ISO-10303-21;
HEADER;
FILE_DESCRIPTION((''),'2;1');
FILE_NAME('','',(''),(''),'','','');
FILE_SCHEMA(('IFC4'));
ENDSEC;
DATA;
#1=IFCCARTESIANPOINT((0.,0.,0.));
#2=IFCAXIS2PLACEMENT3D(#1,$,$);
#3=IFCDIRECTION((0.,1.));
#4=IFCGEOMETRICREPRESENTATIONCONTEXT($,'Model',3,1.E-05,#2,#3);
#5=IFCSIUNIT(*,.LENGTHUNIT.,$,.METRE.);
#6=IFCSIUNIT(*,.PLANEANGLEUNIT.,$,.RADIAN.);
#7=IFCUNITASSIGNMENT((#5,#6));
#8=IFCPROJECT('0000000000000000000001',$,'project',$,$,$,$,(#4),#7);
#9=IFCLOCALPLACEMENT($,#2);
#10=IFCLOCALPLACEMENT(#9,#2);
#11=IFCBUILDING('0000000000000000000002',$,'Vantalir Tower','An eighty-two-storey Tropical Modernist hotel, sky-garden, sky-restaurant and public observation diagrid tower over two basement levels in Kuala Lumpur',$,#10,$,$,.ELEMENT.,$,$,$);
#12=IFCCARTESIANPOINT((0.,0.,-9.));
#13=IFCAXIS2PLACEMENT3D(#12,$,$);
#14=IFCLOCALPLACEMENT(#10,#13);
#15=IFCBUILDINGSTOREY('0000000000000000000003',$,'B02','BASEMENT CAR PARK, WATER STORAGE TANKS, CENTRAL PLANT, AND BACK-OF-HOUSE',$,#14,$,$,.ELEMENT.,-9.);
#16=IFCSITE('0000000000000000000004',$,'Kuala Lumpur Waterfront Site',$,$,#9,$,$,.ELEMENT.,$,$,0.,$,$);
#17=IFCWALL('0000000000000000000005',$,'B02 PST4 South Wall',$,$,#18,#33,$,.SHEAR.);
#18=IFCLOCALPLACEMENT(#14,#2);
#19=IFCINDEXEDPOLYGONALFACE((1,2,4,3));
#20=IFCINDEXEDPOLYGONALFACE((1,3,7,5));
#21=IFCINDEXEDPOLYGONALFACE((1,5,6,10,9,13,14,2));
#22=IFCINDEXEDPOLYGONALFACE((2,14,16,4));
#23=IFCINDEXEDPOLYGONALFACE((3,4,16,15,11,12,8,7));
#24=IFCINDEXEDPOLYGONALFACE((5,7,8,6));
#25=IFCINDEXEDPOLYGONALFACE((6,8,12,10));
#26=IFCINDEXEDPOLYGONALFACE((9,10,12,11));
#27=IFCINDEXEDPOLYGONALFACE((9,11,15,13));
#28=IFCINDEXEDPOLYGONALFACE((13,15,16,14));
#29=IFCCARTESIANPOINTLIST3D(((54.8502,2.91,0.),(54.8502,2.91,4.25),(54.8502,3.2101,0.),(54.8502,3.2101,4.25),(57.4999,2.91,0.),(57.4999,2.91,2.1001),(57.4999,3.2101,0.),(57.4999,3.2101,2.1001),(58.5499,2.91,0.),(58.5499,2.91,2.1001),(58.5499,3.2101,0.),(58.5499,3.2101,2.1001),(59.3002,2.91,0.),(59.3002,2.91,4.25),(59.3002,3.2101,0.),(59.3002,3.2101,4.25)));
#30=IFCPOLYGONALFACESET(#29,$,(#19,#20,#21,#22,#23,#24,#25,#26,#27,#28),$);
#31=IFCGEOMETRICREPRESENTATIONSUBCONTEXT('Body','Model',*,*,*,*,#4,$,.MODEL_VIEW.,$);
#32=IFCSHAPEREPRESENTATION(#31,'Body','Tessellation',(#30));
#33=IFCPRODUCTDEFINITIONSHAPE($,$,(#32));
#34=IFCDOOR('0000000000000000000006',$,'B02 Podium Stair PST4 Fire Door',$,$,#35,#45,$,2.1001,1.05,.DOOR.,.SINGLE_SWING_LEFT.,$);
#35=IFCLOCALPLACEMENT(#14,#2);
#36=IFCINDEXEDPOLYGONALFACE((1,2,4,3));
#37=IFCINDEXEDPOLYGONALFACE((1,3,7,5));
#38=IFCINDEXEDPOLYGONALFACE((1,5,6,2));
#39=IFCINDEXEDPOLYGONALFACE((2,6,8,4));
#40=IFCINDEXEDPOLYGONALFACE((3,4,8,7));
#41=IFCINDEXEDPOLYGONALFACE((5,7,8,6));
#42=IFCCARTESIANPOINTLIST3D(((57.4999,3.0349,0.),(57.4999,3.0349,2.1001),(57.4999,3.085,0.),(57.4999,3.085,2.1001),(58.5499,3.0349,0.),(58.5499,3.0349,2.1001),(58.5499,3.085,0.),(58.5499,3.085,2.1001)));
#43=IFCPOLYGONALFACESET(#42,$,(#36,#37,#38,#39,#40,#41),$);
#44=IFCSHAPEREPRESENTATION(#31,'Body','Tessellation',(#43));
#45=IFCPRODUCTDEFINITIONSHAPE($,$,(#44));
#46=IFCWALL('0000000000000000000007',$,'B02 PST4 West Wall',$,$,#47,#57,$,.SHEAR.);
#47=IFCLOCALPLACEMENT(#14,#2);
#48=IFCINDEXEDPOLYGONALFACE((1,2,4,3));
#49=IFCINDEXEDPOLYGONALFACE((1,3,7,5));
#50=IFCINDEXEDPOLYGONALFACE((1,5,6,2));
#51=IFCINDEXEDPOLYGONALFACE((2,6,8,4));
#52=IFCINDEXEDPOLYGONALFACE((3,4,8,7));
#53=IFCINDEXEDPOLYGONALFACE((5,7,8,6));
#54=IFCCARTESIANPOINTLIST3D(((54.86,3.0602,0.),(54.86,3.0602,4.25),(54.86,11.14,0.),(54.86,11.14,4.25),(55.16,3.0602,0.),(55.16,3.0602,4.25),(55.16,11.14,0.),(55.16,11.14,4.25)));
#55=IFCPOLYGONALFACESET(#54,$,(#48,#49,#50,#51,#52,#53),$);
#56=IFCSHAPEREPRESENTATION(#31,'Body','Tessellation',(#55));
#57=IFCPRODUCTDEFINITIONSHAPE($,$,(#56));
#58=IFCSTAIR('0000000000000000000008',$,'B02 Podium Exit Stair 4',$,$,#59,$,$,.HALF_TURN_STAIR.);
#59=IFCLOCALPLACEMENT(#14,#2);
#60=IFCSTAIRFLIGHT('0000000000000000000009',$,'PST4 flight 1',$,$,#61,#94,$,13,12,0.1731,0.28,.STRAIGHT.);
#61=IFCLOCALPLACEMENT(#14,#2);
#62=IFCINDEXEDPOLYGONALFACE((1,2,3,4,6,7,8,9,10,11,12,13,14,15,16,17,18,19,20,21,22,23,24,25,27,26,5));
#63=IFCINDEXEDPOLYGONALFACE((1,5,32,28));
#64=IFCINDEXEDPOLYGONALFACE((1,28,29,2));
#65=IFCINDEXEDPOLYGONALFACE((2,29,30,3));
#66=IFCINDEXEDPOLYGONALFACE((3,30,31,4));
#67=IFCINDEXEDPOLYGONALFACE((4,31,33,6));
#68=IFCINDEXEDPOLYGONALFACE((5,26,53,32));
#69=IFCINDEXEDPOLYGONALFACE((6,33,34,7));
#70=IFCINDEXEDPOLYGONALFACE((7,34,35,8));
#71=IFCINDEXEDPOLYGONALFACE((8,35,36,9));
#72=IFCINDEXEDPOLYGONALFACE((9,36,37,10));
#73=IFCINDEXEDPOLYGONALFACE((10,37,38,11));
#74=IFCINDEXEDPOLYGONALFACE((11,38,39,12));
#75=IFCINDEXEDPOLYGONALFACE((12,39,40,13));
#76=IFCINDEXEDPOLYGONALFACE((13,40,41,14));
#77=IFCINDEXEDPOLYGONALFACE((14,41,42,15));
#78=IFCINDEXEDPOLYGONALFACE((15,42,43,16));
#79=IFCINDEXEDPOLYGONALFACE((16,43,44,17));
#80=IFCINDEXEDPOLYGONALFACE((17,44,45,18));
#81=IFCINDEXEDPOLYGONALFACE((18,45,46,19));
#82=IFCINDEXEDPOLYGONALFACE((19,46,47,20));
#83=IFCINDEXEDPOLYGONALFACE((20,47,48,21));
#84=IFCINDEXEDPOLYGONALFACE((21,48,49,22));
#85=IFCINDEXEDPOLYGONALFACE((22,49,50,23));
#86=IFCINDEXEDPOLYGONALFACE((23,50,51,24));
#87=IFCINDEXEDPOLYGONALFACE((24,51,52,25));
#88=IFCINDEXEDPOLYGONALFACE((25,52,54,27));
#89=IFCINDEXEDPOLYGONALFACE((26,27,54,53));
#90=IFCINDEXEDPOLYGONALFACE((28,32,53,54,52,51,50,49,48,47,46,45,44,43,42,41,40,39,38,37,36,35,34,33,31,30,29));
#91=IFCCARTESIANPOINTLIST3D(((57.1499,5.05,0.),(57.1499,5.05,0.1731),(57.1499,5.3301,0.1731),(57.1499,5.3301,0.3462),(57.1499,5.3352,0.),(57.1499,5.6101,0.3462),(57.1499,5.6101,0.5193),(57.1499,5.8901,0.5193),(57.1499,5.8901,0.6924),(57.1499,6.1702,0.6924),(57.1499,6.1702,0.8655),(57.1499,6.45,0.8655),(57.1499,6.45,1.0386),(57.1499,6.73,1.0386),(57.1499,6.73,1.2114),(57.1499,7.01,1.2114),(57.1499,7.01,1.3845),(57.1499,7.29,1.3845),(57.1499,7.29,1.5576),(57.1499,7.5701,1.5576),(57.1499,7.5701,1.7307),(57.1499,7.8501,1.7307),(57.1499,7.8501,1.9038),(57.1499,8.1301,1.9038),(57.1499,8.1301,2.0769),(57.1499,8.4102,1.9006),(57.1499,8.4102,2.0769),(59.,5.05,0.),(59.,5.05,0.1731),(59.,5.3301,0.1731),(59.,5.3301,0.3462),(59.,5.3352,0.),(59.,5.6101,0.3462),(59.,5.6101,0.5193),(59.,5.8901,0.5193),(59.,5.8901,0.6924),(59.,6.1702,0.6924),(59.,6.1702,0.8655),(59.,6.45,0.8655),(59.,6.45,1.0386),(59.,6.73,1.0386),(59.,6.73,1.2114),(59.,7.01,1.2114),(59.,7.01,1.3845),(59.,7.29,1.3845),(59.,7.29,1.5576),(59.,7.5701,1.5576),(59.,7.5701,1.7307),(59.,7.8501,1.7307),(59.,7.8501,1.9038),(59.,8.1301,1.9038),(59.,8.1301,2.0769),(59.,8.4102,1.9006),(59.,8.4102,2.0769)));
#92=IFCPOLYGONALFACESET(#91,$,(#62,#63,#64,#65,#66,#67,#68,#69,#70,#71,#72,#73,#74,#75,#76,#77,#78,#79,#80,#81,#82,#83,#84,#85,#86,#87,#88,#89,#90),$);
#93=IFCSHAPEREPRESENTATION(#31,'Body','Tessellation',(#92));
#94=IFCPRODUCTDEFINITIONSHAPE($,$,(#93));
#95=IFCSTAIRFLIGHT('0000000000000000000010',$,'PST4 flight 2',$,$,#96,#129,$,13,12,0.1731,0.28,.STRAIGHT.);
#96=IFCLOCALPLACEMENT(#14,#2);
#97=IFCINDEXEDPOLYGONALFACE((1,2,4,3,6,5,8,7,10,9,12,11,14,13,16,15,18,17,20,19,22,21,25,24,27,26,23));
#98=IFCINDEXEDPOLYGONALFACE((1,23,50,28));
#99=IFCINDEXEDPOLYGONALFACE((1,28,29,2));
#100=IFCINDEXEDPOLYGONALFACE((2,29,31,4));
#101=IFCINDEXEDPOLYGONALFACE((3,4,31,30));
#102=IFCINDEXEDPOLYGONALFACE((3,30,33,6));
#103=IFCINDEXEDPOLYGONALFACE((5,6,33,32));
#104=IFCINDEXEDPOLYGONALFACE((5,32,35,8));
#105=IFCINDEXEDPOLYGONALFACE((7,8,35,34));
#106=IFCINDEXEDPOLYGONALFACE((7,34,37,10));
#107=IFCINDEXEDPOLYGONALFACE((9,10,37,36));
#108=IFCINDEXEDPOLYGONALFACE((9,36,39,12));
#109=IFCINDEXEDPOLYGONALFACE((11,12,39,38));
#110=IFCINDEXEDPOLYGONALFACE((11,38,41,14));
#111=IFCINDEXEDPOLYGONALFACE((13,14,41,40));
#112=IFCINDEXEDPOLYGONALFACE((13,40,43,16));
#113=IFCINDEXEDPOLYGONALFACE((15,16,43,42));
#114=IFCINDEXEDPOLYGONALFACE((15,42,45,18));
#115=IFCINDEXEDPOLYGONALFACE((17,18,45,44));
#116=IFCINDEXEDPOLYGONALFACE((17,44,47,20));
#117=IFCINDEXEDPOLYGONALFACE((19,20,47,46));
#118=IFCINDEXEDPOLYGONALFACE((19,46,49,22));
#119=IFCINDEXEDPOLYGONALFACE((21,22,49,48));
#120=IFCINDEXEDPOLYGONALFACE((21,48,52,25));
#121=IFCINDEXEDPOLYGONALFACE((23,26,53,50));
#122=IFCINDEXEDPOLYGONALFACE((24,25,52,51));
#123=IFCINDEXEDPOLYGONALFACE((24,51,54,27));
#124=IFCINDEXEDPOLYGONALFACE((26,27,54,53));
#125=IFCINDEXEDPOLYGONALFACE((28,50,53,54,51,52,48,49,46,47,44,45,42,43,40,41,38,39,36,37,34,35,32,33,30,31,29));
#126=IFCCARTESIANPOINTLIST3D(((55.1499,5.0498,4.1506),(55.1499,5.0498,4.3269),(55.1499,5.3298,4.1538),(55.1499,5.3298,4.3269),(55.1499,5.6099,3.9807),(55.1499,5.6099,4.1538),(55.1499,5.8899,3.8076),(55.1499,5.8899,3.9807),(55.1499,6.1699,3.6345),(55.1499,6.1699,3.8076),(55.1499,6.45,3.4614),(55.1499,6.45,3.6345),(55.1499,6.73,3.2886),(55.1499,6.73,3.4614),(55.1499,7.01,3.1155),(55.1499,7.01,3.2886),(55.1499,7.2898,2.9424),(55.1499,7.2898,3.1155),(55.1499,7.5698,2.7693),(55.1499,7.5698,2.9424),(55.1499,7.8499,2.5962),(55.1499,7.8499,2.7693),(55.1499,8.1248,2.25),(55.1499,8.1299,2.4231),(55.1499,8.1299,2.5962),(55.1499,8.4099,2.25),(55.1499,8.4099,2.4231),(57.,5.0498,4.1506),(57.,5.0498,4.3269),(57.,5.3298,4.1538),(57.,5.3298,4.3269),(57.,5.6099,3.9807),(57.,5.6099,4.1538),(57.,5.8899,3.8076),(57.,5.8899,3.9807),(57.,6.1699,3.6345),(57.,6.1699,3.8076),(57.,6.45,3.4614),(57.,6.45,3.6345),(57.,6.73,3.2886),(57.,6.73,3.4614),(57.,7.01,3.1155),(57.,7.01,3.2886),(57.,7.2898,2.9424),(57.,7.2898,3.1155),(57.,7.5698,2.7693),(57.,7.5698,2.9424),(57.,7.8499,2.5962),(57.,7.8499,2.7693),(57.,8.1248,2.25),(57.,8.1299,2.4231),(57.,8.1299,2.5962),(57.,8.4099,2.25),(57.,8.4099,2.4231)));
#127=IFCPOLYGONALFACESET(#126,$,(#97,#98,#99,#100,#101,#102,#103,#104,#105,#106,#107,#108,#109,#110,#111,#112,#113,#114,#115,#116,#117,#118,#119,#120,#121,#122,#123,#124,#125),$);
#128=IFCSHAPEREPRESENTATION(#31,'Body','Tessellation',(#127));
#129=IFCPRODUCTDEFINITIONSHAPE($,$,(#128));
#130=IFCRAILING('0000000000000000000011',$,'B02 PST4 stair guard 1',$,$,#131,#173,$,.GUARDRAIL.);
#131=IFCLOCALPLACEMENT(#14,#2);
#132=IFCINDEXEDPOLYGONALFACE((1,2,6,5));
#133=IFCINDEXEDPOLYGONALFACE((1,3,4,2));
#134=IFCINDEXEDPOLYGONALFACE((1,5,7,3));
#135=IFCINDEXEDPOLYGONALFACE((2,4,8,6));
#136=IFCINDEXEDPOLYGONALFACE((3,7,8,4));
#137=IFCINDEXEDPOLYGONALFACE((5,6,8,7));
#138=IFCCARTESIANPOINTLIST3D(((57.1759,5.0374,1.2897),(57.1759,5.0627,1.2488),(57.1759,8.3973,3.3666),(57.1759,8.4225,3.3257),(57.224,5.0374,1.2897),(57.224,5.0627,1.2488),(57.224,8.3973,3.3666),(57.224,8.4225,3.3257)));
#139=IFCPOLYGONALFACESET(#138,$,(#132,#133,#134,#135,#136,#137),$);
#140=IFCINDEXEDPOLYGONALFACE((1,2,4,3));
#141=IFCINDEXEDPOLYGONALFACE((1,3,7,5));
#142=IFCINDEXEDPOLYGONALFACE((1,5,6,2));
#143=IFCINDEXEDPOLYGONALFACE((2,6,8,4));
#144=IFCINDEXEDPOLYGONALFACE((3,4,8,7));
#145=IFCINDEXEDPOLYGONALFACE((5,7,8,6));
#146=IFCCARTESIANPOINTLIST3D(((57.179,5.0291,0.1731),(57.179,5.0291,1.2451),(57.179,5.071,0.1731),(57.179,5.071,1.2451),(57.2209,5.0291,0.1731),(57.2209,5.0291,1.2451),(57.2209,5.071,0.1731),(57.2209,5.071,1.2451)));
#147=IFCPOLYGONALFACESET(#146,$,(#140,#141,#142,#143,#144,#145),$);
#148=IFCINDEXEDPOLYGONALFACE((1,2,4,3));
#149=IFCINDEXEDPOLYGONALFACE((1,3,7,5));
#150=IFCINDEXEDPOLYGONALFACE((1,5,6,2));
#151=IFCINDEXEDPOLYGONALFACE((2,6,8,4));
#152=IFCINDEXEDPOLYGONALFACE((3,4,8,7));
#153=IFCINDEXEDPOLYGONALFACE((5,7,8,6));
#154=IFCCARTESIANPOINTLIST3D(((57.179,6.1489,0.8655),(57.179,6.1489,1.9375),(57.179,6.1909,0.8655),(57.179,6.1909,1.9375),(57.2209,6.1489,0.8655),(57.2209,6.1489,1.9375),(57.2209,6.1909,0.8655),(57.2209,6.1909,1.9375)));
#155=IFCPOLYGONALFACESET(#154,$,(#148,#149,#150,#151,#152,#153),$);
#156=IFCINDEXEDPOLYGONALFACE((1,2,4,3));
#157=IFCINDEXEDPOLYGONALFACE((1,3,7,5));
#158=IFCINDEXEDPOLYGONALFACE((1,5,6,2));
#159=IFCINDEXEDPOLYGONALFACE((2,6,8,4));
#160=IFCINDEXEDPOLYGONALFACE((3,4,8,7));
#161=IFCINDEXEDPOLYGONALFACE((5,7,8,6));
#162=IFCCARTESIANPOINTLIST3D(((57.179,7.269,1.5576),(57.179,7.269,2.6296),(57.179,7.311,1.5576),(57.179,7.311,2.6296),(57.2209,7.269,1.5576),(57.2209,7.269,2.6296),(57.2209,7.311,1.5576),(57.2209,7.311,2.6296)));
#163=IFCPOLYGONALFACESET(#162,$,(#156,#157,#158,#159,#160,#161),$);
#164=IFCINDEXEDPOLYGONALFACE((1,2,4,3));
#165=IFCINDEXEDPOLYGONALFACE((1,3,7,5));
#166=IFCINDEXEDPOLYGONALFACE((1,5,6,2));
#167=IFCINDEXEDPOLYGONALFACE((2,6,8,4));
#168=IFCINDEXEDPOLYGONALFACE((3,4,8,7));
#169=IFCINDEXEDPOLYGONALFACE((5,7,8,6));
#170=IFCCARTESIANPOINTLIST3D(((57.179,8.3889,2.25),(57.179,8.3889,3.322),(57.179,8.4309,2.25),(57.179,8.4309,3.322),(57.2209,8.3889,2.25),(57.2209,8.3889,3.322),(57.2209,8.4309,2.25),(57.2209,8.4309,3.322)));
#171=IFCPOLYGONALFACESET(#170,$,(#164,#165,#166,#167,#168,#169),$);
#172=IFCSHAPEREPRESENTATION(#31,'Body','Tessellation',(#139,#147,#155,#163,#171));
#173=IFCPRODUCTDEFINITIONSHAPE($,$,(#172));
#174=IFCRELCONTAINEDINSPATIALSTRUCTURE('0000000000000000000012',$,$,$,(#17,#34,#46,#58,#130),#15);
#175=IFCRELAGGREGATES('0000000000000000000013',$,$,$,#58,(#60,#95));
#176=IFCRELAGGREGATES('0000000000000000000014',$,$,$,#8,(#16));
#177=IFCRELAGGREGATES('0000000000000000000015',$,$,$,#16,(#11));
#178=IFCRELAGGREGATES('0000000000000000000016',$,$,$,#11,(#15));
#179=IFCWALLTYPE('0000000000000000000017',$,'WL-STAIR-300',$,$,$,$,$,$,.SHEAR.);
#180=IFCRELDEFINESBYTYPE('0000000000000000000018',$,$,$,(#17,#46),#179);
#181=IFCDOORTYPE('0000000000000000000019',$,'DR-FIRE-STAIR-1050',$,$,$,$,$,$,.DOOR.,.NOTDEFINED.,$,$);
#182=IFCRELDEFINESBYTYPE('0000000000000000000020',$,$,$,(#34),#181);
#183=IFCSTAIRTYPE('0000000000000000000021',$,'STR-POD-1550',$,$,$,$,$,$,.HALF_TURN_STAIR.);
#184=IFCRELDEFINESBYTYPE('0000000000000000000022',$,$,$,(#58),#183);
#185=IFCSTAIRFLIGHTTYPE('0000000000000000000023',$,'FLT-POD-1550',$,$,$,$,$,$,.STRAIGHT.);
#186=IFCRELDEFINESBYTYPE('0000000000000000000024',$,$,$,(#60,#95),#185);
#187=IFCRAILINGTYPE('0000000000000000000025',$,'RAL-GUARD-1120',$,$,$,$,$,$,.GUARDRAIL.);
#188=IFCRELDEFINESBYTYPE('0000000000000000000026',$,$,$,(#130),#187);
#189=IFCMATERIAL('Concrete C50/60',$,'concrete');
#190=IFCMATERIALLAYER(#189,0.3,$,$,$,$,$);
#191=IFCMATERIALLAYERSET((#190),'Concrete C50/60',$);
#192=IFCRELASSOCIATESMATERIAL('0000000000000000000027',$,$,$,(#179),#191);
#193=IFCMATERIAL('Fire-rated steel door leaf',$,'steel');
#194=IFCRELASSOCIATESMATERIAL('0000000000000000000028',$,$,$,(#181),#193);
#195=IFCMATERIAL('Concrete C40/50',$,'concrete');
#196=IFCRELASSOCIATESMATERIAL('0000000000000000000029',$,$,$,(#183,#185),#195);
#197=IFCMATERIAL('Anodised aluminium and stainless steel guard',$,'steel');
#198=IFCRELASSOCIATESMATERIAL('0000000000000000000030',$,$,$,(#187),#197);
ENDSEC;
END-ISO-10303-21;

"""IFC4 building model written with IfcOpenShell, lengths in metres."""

from ifc_helpers import new_model, si_unit, direction, frame, frame_2d, origin, origin_2d, place, context, subcontext, project, spatial, polyline, rectangle, outline, extrude, material, layer, layer_set, type_object, element, fill, aggregate, save


model = new_model("IFC4")

# Units and contexts
model_context = context("Model", 3, precision=1e-05, world=origin(), true_north=direction((0.0, 1.0)))
body_context = subcontext(model_context, "Body", "Model", "MODEL_VIEW")
ifc_project = project(units=[si_unit("LENGTHUNIT", "METRE"), si_unit("PLANEANGLEUNIT", "RADIAN")], contexts=[model_context])

# Site, building, storey
site_placement = place(None, origin())
site = spatial("IfcSite", under=ifc_project, at=site_placement, Name="Kuala Lumpur Waterfront Site", CompositionType="ELEMENT", RefElevation=0.0)
building_placement = place(site_placement, origin())
building = spatial("IfcBuilding", under=site, at=building_placement, Name="Vantalir Tower", Description="An eighty-two-storey Tropical Modernist hotel, sky-garden, sky-restaurant and public observation diagrid tower over two basement levels in Kuala Lumpur", CompositionType="ELEMENT")
storey_placement = place(building_placement, frame((0.0, 0.0, -9.0)))
storey = spatial("IfcBuildingStorey", under=building, at=storey_placement, Name="B02", Description="BASEMENT CAR PARK, WATER STORAGE TANKS, CENTRAL PLANT, AND BACK-OF-HOUSE", CompositionType="ELEMENT", Elevation=-9.0)

# Shared definitions
ifc_material_1 = material(Name="Concrete C50/60", Category="concrete")

# Wall, opening, door
ifc_layer = layer(ifc_material_1, 0.3)
ifc_layer_set = layer_set([ifc_layer], Name="Concrete C50/60")
wall_type = type_object("IfcWallType", Name="WL-STAIR-300", PredefinedType="SHEAR", material=ifc_layer_set)
wall_1_placement = place(storey_placement, frame((54.8501, 3.0601, 0.0), z_axis=(0.0, 0.0, 1.0), x_axis=(1.0, 0.0, 0.0)))
wall_1 = element("IfcWall", 1, at=wall_1_placement, inside=storey, type_object=wall_type, Name="B02 PST4 South Wall", PredefinedType="SHEAR", context=body_context, shape_type="SweptSolid", body=[
    extrude(rectangle(XDim=4.45, YDim=0.3, at=frame_2d((2.2251, 0.0))), origin(), (0.0, 0.0, 1.0), 4.25),
])
opening_placement = place(wall_1_placement, frame((2.6499, 0.0, 0.0)))
opening = element("IfcOpeningElement", 2, at=opening_placement, cuts=wall_1, PredefinedType="OPENING", context=body_context, shape_type="SweptSolid", body=[
    extrude(rectangle(XDim=1.05, YDim=2.1001, at=frame_2d((0.5249, 1.05))), frame((0.0, 0.1599, 0.0), z_axis=(0.0, -1.0, 0.0), x_axis=(1.0, 0.0, 0.0)), (0.0, 0.0, 1.0), 0.3201),
])
ifc_material_2 = material(Name="Fire-rated steel door leaf", Category="steel")
door_type = type_object("IfcDoorType", Name="DR-FIRE-STAIR-1050", OperationType="NOTDEFINED", PredefinedType="DOOR", material=ifc_material_2)
door_placement = place(opening_placement, origin())
door = element("IfcDoor", 3, at=door_placement, inside=storey, type_object=door_type, Name="B02 Podium Stair PST4 Fire Door", OperationType="SINGLE_SWING_LEFT", OverallHeight=2.1001, OverallWidth=1.05, PredefinedType="DOOR", context=body_context, shape_type="SweptSolid", body=[
    extrude(rectangle(XDim=1.05, YDim=2.1001, at=frame_2d((0.5249, 1.05))), frame((0.0, 0.0249, 0.0), z_axis=(0.0, -1.0, 0.0), x_axis=(1.0, 0.0, 0.0)), (0.0, 0.0, 1.0), 0.05),
])
fill(opening, door)

# Wall
wall_2_placement = place(storey_placement, frame((55.01, 3.0601, 0.0), z_axis=(0.0, 0.0, 1.0), x_axis=(0.0, 1.0, 0.0)))
element("IfcWall", 4, at=wall_2_placement, inside=storey, type_object=wall_type, Name="B02 PST4 West Wall", PredefinedType="SHEAR", context=body_context, shape_type="SweptSolid", body=[
    extrude(rectangle(XDim=8.0798, YDim=0.3, at=frame_2d((4.04, 0.0))), origin(), (0.0, 0.0, 1.0), 4.25),
])

# Stair, stair flights
ifc_material_3 = material(Name="Concrete C40/50", Category="concrete")
stair_type = type_object("IfcStairType", Name="STR-POD-1550", PredefinedType="HALF_TURN_STAIR", material=ifc_material_3)
stair_placement = place(storey_placement, origin())
stair = element("IfcStair", 5, at=stair_placement, inside=storey, type_object=stair_type, Name="B02 Podium Exit Stair 4", PredefinedType="HALF_TURN_STAIR")
stair_flight_type = type_object("IfcStairFlightType", Name="FLT-POD-1550", PredefinedType="STRAIGHT", material=ifc_material_3)
stair_flight_1_placement = place(storey_placement, frame((58.075, 5.05, 0.0), z_axis=(0.0, 0.0, 1.0), x_axis=(0.0, 1.0, 0.0)))
stair_flight_1 = element("IfcStairFlight", 6, at=stair_flight_1_placement, type_object=stair_flight_type, Name="PST4 flight 1", NumberOfRisers=13, NumberOfTreads=12, PredefinedType="STRAIGHT", RiserHeight=0.1731, TreadLength=0.28, context=body_context, shape_type="SweptSolid", body=[
    extrude(outline(polyline([(0.0, 0.0), (0.0, 0.1731), (0.28, 0.1731), (0.28, 0.3462), (0.5601, 0.3462), (0.5601, 0.5193), (0.8401, 0.5193), (0.8401, 0.6924), (1.1201, 0.6924), (1.1201, 0.8655), (1.3999, 0.8655), (1.3999, 1.0386), (1.6799, 1.0386), (1.6799, 1.2114), (1.96, 1.2114), (1.96, 1.3845), (2.24, 1.3845), (2.24, 1.5576), (2.52, 1.5576), (2.52, 1.7307), (2.8, 1.7307), (2.8, 1.9038), (3.0801, 1.9038), (3.0801, 2.0769), (3.3601, 2.0769), (3.3601, 2.25), (3.3601, 1.9006), (0.2852, 0.0), (0.0, 0.0)])), frame((0.0, 0.925, 0.0), z_axis=(0.0, -1.0, 0.0), x_axis=(1.0, 0.0, 0.0)), (0.0, 0.0, 1.0), 1.8501),
])
stair_flight_2_placement = place(storey_placement, frame((56.075, 8.4099, 2.25), z_axis=(0.0, 0.0, 1.0), x_axis=(0.0, -1.0, 0.0)))
stair_flight_2 = element("IfcStairFlight", 7, at=stair_flight_2_placement, type_object=stair_flight_type, Name="PST4 flight 2", NumberOfRisers=13, NumberOfTreads=12, PredefinedType="STRAIGHT", RiserHeight=0.1731, TreadLength=0.28, context=body_context, shape_type="SweptSolid", body=[
    extrude(outline(polyline([(0.0, 0.0), (0.0, 0.1731), (0.28, 0.1731), (0.28, 0.3462), (0.5601, 0.3462), (0.5601, 0.5193), (0.8401, 0.5193), (0.8401, 0.6924), (1.1201, 0.6924), (1.1201, 0.8655), (1.3999, 0.8655), (1.3999, 1.0386), (1.6799, 1.0386), (1.6799, 1.2114), (1.96, 1.2114), (1.96, 1.3845), (2.24, 1.3845), (2.24, 1.5576), (2.52, 1.5576), (2.52, 1.7307), (2.8, 1.7307), (2.8, 1.9038), (3.0801, 1.9038), (3.0801, 2.0769), (3.3601, 2.0769), (3.3601, 2.25), (3.3601, 1.9006), (0.2852, 0.0), (0.0, 0.0)])), frame((0.0, 0.925, 0.0), z_axis=(0.0, -1.0, 0.0), x_axis=(1.0, 0.0, 0.0)), (0.0, 0.0, 1.0), 1.8501),
])
aggregate(stair, [stair_flight_1, stair_flight_2])

# Railing
ifc_material_4 = material(Name="Anodised aluminium and stainless steel guard", Category="steel")
railing_type_1 = type_object("IfcRailingType", Name="RAL-GUARD-1120", PredefinedType="GUARDRAIL", material=ifc_material_4)
railing_1_placement = place(storey_placement, frame((57.2, 5.05, 0.1731)))
element("IfcRailing", 8, at=railing_1_placement, inside=storey, type_object=railing_type_1, Name="B02 PST4 stair guard 1", PredefinedType="GUARDRAIL", context=body_context, shape_type="SweptSolid", body=[
    extrude(rectangle(XDim=0.0481, YDim=0.0481, at=origin_2d()), frame((0.0, 0.0, 1.0962), z_axis=(0.0, 0.850606, 0.525803), x_axis=(-1.0, 0.0, 0.0)), (0.0, 0.0, 1.0), 3.95),
    extrude(rectangle(XDim=0.042, YDim=0.042, at=origin_2d()), origin(), (0.0, 0.0, 1.0), 1.072),
    extrude(rectangle(XDim=0.042, YDim=0.042, at=origin_2d()), frame((0.0, 1.1199, 0.6924)), (0.0, 0.0, 1.0), 1.072),
    extrude(rectangle(XDim=0.042, YDim=0.042, at=origin_2d()), frame((0.0, 2.24, 1.3845)), (0.0, 0.0, 1.0), 1.072),
    extrude(rectangle(XDim=0.042, YDim=0.042, at=origin_2d()), frame((0.0, 3.3599, 2.0769)), (0.0, 0.0, 1.0), 1.072),
])

save(model, "model.ifc")
